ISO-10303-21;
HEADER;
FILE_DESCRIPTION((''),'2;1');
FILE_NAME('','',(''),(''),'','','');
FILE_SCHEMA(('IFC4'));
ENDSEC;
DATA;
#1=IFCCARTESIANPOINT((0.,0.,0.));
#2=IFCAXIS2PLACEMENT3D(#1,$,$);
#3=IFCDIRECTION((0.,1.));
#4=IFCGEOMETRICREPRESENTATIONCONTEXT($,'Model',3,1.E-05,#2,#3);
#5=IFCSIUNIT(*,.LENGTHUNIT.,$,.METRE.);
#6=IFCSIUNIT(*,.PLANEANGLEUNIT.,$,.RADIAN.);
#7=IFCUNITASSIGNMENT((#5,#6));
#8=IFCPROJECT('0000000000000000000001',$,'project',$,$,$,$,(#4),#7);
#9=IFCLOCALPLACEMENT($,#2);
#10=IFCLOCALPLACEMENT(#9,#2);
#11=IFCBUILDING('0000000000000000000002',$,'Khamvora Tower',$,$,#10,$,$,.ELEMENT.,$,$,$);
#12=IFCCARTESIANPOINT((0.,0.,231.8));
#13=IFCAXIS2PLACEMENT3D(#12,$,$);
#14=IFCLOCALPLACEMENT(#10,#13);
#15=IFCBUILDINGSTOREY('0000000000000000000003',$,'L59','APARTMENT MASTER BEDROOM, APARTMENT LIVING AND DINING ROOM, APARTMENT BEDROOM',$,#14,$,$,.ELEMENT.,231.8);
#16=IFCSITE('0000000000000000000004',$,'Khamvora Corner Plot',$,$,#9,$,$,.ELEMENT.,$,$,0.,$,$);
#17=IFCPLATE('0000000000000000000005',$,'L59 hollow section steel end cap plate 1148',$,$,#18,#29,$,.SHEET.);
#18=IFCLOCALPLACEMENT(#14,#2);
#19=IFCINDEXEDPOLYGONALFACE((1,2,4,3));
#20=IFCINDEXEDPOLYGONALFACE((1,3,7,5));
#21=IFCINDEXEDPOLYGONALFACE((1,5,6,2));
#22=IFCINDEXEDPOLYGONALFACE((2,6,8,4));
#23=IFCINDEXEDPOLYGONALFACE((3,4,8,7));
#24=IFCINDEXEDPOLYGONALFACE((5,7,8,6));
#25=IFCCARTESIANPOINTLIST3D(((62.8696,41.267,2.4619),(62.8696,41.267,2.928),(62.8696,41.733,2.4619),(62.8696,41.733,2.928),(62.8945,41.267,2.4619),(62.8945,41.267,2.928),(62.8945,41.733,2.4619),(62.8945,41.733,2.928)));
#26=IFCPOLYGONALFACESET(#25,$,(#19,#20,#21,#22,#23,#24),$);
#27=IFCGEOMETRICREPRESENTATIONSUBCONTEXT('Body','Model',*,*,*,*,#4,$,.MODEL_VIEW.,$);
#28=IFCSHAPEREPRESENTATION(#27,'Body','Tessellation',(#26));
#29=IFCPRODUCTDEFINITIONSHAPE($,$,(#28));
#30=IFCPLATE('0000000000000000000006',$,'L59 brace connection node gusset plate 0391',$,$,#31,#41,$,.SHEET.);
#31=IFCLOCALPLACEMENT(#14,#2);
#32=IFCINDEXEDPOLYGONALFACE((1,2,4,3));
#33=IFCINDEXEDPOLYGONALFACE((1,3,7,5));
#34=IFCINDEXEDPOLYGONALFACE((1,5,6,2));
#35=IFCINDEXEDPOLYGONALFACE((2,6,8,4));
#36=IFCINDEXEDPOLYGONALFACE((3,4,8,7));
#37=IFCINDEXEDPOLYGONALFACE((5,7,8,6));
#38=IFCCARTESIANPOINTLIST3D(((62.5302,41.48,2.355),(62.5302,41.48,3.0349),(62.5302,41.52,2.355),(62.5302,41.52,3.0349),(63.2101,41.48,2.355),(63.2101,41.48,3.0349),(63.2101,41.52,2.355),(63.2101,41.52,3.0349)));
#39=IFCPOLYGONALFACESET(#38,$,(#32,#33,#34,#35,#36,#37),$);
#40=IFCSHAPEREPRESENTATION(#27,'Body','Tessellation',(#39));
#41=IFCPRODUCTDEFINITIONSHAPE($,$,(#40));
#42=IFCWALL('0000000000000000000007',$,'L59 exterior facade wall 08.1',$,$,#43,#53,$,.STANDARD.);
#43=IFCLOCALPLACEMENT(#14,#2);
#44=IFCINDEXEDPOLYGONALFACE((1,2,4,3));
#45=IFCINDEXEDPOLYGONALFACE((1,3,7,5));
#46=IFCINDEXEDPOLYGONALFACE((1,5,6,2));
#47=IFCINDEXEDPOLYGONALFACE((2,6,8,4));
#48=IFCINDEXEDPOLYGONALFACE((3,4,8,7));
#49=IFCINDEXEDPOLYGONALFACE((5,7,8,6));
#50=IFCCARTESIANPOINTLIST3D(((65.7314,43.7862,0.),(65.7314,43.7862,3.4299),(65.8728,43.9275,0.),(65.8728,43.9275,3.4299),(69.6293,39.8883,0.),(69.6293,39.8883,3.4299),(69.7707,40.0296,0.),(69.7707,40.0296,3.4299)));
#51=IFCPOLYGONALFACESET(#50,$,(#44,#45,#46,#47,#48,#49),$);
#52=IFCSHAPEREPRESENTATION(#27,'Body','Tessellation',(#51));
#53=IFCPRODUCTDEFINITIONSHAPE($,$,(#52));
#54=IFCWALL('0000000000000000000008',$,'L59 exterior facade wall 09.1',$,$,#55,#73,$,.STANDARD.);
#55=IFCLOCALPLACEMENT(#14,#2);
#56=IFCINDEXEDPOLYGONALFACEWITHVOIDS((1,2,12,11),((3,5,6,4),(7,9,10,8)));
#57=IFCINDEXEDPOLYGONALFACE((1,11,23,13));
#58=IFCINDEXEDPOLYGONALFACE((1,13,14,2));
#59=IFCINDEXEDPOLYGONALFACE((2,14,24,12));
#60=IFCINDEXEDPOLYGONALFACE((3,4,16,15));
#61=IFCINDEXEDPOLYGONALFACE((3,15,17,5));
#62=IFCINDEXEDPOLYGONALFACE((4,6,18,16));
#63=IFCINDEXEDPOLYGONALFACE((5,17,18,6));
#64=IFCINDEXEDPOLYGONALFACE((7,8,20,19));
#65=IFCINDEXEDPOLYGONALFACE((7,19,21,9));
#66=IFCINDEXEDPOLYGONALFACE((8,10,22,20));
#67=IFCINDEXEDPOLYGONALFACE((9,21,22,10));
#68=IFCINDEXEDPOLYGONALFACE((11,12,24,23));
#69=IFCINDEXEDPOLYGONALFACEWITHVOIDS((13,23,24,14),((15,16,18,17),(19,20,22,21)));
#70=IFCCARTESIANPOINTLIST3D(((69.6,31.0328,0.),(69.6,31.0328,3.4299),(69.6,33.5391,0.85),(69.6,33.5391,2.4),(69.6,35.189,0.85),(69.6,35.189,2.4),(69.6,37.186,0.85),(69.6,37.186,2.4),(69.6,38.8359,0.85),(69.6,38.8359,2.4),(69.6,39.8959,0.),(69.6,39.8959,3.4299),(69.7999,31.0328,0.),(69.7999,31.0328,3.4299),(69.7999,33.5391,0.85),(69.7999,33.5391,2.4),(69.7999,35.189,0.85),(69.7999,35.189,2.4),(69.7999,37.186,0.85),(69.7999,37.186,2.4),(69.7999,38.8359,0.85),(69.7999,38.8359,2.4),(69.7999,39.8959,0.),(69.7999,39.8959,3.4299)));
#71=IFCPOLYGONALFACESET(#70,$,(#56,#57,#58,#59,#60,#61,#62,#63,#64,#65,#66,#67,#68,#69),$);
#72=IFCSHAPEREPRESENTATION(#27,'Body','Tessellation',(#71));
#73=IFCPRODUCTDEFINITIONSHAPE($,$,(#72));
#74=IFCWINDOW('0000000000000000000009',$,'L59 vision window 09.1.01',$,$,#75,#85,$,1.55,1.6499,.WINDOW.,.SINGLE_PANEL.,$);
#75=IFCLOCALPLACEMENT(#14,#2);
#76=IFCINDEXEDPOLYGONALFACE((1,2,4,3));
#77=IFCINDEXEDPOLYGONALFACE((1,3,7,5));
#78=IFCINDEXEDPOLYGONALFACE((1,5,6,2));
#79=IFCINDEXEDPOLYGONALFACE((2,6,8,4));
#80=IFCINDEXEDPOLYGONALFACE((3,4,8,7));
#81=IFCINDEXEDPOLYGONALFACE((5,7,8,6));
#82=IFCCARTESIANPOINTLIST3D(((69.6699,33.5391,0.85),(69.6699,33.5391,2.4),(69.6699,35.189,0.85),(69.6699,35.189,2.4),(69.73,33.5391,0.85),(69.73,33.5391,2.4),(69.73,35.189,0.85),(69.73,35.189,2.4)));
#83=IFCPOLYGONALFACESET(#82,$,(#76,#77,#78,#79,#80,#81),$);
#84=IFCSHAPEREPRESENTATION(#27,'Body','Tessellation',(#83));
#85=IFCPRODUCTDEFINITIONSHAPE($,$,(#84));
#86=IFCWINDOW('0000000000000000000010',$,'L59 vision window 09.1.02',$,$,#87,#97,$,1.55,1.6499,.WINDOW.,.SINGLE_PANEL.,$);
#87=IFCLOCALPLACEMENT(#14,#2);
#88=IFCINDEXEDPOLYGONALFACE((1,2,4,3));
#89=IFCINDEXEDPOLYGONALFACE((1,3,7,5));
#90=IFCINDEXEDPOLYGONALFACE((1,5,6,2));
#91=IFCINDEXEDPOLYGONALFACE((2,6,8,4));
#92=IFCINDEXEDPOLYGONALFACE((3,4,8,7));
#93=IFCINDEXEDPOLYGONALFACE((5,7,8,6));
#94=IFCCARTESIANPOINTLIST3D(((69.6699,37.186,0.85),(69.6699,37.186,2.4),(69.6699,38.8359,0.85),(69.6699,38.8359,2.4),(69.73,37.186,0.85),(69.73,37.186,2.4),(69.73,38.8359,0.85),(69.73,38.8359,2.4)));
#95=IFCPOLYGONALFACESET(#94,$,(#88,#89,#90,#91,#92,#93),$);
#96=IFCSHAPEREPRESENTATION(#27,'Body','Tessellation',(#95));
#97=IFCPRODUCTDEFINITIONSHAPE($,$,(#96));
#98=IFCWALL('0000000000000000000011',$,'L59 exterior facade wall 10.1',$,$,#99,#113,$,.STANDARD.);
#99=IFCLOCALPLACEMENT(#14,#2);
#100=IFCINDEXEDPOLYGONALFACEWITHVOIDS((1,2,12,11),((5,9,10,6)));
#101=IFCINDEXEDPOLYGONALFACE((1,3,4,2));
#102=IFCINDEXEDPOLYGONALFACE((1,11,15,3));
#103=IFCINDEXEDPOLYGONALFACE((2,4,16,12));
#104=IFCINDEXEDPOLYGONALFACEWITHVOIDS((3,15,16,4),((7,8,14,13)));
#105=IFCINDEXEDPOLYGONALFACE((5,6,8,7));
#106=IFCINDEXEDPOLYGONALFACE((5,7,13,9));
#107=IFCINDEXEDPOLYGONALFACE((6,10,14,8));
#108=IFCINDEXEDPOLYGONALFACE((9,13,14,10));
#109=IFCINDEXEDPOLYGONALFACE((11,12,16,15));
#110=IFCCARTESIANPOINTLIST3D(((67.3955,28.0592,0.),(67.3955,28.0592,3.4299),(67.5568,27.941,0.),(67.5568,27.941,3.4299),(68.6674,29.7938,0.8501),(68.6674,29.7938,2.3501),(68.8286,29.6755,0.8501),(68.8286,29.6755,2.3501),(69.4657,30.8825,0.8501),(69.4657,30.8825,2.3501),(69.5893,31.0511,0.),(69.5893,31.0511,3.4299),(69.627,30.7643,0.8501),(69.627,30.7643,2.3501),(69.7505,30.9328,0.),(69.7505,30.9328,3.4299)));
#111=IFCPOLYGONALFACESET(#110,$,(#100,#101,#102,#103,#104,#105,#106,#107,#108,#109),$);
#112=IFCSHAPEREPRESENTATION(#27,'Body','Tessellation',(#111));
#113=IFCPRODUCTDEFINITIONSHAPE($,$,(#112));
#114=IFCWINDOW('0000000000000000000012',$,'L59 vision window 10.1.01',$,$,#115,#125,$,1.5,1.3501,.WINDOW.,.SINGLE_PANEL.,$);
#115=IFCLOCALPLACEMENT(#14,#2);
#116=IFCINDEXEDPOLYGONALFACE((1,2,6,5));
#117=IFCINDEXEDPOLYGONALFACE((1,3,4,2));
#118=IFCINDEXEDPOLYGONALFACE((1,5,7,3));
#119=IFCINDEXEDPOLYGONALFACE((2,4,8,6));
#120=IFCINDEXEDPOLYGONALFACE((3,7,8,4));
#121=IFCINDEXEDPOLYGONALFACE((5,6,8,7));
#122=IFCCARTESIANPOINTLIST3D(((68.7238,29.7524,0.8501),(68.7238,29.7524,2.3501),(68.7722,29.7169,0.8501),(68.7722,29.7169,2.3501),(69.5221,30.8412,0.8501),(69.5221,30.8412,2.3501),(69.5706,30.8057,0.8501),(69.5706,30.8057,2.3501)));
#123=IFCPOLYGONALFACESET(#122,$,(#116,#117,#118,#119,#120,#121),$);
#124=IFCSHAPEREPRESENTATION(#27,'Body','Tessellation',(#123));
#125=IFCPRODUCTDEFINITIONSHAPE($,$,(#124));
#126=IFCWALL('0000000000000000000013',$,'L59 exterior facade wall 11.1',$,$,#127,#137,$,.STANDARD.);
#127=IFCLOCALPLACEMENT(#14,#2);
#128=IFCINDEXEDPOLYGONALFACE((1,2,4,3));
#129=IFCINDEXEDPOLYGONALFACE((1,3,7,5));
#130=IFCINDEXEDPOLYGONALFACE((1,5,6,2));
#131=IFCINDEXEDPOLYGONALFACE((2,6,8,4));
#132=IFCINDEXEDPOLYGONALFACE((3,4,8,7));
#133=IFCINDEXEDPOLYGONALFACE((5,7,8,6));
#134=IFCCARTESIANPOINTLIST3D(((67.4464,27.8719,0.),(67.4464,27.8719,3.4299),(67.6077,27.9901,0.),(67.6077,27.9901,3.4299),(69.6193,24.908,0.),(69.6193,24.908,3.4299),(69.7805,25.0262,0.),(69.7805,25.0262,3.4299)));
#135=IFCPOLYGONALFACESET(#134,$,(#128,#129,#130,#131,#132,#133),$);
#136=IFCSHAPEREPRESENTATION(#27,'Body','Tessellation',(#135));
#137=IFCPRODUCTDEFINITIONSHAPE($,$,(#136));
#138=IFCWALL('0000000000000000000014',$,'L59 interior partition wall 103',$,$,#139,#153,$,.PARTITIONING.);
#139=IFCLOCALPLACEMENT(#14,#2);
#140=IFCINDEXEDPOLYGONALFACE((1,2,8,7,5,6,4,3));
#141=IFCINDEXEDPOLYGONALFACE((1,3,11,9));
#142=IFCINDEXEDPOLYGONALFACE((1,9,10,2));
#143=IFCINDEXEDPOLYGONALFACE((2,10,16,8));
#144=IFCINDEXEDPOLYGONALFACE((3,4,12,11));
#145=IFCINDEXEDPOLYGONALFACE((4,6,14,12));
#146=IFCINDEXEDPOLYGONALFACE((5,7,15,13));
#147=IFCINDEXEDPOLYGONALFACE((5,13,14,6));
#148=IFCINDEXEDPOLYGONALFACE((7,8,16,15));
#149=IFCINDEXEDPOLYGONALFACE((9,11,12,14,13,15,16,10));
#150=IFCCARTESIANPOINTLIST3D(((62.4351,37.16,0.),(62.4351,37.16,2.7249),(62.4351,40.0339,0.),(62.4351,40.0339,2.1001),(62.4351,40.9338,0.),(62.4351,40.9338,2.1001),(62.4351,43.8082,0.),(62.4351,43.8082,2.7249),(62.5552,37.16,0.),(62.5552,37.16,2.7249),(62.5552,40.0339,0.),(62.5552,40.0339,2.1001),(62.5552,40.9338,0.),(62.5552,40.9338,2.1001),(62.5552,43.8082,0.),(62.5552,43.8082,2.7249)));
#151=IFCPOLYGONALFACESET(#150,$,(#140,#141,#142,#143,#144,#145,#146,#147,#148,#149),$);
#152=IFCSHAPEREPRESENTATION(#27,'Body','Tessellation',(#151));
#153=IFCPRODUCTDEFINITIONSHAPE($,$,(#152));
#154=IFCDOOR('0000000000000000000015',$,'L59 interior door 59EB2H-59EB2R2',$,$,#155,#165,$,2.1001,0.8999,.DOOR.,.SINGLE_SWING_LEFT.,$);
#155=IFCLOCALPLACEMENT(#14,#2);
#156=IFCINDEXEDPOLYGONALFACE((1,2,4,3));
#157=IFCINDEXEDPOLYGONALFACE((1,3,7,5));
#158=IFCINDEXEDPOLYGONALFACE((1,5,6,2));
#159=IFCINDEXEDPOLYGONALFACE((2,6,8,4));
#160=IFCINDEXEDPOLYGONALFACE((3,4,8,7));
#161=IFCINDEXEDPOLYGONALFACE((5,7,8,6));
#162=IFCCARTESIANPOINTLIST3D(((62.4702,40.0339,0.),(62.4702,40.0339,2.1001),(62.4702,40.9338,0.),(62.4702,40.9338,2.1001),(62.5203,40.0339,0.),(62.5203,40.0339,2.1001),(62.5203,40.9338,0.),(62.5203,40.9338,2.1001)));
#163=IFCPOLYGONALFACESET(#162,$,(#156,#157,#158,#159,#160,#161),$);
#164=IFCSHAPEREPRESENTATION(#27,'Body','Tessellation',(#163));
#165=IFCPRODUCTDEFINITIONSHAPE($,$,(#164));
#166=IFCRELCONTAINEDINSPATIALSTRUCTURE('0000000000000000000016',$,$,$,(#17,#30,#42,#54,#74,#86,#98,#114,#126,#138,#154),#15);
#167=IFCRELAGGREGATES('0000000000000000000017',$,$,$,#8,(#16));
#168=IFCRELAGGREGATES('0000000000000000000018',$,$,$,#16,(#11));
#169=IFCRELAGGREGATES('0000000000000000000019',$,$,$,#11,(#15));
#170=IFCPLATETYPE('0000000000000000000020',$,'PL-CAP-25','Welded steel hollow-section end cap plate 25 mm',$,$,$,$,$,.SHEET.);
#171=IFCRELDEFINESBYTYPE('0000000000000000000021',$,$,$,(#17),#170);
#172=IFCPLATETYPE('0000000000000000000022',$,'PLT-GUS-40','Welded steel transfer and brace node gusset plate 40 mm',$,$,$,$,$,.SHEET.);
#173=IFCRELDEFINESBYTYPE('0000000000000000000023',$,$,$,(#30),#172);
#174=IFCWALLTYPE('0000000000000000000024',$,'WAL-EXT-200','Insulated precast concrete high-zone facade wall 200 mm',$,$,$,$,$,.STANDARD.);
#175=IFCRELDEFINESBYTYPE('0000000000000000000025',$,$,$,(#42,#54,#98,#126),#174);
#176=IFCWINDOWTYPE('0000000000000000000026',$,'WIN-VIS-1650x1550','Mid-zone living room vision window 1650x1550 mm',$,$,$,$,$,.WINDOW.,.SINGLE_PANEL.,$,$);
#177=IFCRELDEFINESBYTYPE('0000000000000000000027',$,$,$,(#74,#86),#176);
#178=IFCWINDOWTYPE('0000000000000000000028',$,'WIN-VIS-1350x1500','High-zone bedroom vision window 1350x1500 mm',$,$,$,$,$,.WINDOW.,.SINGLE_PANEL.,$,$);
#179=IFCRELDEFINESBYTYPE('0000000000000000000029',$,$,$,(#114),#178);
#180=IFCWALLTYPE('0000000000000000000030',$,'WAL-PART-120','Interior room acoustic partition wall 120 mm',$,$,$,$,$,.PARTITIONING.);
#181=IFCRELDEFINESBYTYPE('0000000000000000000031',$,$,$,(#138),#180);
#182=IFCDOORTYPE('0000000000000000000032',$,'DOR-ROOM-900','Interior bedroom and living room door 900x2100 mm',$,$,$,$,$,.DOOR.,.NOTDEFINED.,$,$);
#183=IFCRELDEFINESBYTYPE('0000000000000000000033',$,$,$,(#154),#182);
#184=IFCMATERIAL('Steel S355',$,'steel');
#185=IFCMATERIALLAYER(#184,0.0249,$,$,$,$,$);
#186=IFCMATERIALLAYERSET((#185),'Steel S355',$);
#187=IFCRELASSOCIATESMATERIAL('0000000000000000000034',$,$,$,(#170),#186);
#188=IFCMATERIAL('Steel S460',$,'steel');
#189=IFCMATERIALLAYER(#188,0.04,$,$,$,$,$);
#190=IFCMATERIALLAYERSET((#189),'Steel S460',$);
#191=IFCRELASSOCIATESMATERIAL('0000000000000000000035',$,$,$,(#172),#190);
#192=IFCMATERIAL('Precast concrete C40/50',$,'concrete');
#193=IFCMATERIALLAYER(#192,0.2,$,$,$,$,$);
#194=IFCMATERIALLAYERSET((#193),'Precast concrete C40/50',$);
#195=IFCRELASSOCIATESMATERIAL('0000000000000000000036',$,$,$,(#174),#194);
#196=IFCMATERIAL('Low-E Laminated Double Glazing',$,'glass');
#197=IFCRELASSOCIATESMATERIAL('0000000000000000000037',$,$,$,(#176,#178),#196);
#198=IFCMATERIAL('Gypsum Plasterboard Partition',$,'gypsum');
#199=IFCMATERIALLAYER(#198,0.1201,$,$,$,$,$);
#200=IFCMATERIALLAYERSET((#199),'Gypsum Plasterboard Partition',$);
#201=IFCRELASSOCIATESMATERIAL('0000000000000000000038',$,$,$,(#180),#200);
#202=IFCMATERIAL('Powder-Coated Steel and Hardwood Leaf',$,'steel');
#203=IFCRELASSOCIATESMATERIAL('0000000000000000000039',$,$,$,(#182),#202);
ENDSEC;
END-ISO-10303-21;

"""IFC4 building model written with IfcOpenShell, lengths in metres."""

from ifc_helpers import new_model, si_unit, direction, frame, frame_2d, origin, origin_2d, place, context, subcontext, project, spatial, rectangle, extrude, material, layer, layer_set, type_object, element, fill, save


model = new_model("IFC4")

# Units and contexts
model_context = context("Model", 3, precision=1e-05, world=origin(), true_north=direction((0.0, 1.0)))
body_context = subcontext(model_context, "Body", "Model", "MODEL_VIEW")
ifc_project = project(units=[si_unit("LENGTHUNIT", "METRE"), si_unit("PLANEANGLEUNIT", "RADIAN")], contexts=[model_context])

# Site, building, storey
site_placement = place(None, origin())
site = spatial("IfcSite", under=ifc_project, at=site_placement, Name="Khamvora Corner Plot", CompositionType="ELEMENT", RefElevation=0.0)
building_placement = place(site_placement, origin())
building = spatial("IfcBuilding", under=site, at=building_placement, Name="Khamvora Tower", CompositionType="ELEMENT")
storey_placement = place(building_placement, frame((0.0, 0.0, 231.8)))
storey = spatial("IfcBuildingStorey", under=building, at=storey_placement, Name="L59", Description="APARTMENT MASTER BEDROOM, APARTMENT LIVING AND DINING ROOM, APARTMENT BEDROOM", CompositionType="ELEMENT", Elevation=231.8)

# Shared definitions
ifc_material_1 = material(Name="Steel S355", Category="steel")

# Plates
ifc_layer_1 = layer(ifc_material_1, 0.0249)
ifc_layer_set_1 = layer_set([ifc_layer_1], Name="Steel S355")
plate_type_1 = type_object("IfcPlateType", Name="PL-CAP-25", Description="Welded steel hollow-section end cap plate 25 mm", PredefinedType="SHEET", material=ifc_layer_set_1)
plate_1_placement = place(storey_placement, frame((62.8821, 41.5, 2.4619), z_axis=(0.0, 0.0, 1.0), x_axis=(-1.0, 0.0, 0.0)))
element("IfcPlate", 1, at=plate_1_placement, inside=storey, type_object=plate_type_1, Name="L59 hollow section steel end cap plate 1148", PredefinedType="SHEET", context=body_context, shape_type="SweptSolid", body=[
    extrude(rectangle(XDim=0.0249, YDim=0.4661, at=origin_2d()), origin(), (0.0, 0.0, 1.0), 0.4661),
])
ifc_material_2 = material(Name="Steel S460", Category="steel")
ifc_layer_2 = layer(ifc_material_2, 0.04)
ifc_layer_set_2 = layer_set([ifc_layer_2], Name="Steel S460")
plate_type_2 = type_object("IfcPlateType", Name="PLT-GUS-40", Description="Welded steel transfer and brace node gusset plate 40 mm", PredefinedType="SHEET", material=ifc_layer_set_2)
plate_2_placement = place(storey_placement, frame((62.8701, 41.5, 2.355), z_axis=(0.0, 0.0, 1.0), x_axis=(1.0, 0.0, 0.0)))
element("IfcPlate", 2, at=plate_2_placement, inside=storey, type_object=plate_type_2, Name="L59 brace connection node gusset plate 0391", PredefinedType="SHEET", context=body_context, shape_type="SweptSolid", body=[
    extrude(rectangle(XDim=0.6799, YDim=0.04, at=origin_2d()), origin(), (0.0, 0.0, 1.0), 0.6799),
])

# Wall
ifc_material_3 = material(Name="Precast concrete C40/50", Category="concrete")
ifc_layer_3 = layer(ifc_material_3, 0.2)
ifc_layer_set_3 = layer_set([ifc_layer_3], Name="Precast concrete C40/50")
wall_type_1 = type_object("IfcWallType", Name="WAL-EXT-200", Description="Insulated precast concrete high-zone facade wall 200 mm", PredefinedType="STANDARD", material=ifc_layer_set_3)
wall_1_placement = place(storey_placement, frame((65.802, 43.8569, 0.0), z_axis=(0.0, 0.0, 1.0), x_axis=(0.707107, -0.707107, 0.0)))
element("IfcWall", 3, at=wall_1_placement, inside=storey, type_object=wall_type_1, Name="L59 exterior facade wall 08.1", PredefinedType="STANDARD", context=body_context, shape_type="SweptSolid", body=[
    extrude(rectangle(XDim=5.5125, YDim=0.2, at=frame_2d((2.7563, 0.0))), origin(), (0.0, 0.0, 1.0), 3.4299),
])

# Wall, openings, windows
wall_2_placement = place(storey_placement, frame((69.7, 39.896, 0.0), z_axis=(0.0, 0.0, 1.0), x_axis=(0.0, -1.0, 0.0)))
wall_2 = element("IfcWall", 4, at=wall_2_placement, inside=storey, type_object=wall_type_1, Name="L59 exterior facade wall 09.1", PredefinedType="STANDARD", context=body_context, shape_type="SweptSolid", body=[
    extrude(rectangle(XDim=8.863, YDim=0.2, at=frame_2d((4.4316, 0.0))), origin(), (0.0, 0.0, 1.0), 3.4299),
])
opening_1_placement = place(wall_2_placement, frame((4.707, 0.0, 0.8501)))
opening_1 = element("IfcOpeningElement", 5, at=opening_1_placement, cuts=wall_2, PredefinedType="OPENING", context=body_context, shape_type="SweptSolid", body=[
    extrude(rectangle(XDim=1.6499, YDim=1.55, at=frame_2d((0.825, 0.7749))), frame((0.0, 0.1099, 0.0), z_axis=(0.0, -1.0, 0.0), x_axis=(1.0, 0.0, 0.0)), (0.0, 0.0, 1.0), 0.22),
])
opening_2_placement = place(wall_2_placement, frame((1.0601, 0.0, 0.8501)))
opening_2 = element("IfcOpeningElement", 6, at=opening_2_placement, cuts=wall_2, PredefinedType="OPENING", context=body_context, shape_type="SweptSolid", body=[
    extrude(rectangle(XDim=1.6499, YDim=1.55, at=frame_2d((0.825, 0.7749))), frame((0.0, 0.1099, 0.0), z_axis=(0.0, -1.0, 0.0), x_axis=(1.0, 0.0, 0.0)), (0.0, 0.0, 1.0), 0.22),
])
ifc_material_4 = material(Name="Low-E Laminated Double Glazing", Category="glass")
window_type_1 = type_object("IfcWindowType", Name="WIN-VIS-1650x1550", Description="Mid-zone living room vision window 1650x1550 mm", PartitioningType="SINGLE_PANEL", PredefinedType="WINDOW", material=ifc_material_4)
window_1_placement = place(opening_1_placement, origin())
window_1 = element("IfcWindow", 7, at=window_1_placement, inside=storey, type_object=window_type_1, Name="L59 vision window 09.1.01", OverallHeight=1.55, OverallWidth=1.6499, PartitioningType="SINGLE_PANEL", PredefinedType="WINDOW", context=body_context, shape_type="SweptSolid", body=[
    extrude(rectangle(XDim=1.6499, YDim=1.55, at=frame_2d((0.825, 0.7749))), frame((0.0, 0.03, 0.0), z_axis=(0.0, -1.0, 0.0), x_axis=(1.0, 0.0, 0.0)), (0.0, 0.0, 1.0), 0.0601),
])
fill(opening_1, window_1)
window_2_placement = place(opening_2_placement, origin())
window_2 = element("IfcWindow", 8, at=window_2_placement, inside=storey, type_object=window_type_1, Name="L59 vision window 09.1.02", OverallHeight=1.55, OverallWidth=1.6499, PartitioningType="SINGLE_PANEL", PredefinedType="WINDOW", context=body_context, shape_type="SweptSolid", body=[
    extrude(rectangle(XDim=1.6499, YDim=1.55, at=frame_2d((0.825, 0.7749))), frame((0.0, 0.03, 0.0), z_axis=(0.0, -1.0, 0.0), x_axis=(1.0, 0.0, 0.0)), (0.0, 0.0, 1.0), 0.0601),
])
fill(opening_2, window_2)

# Wall, opening, window
wall_3_placement = place(storey_placement, frame((69.6699, 30.9919, 0.0), z_axis=(0.0, 0.0, 1.0), x_axis=(-0.591321, -0.806436, 0.0)))
wall_3 = element("IfcWall", 9, at=wall_3_placement, inside=storey, type_object=wall_type_1, Name="L59 exterior facade wall 10.1", PredefinedType="STANDARD", context=body_context, shape_type="SweptSolid", body=[
    extrude(rectangle(XDim=3.71, YDim=0.2, at=frame_2d((1.855, 0.0))), origin(), (0.0, 0.0, 1.0), 3.4299),
])
opening_3_placement = place(wall_3_placement, frame((0.209, 0.0, 0.8501)))
opening_3 = element("IfcOpeningElement", 10, at=opening_3_placement, cuts=wall_3, PredefinedType="OPENING", context=body_context, shape_type="SweptSolid", body=[
    extrude(rectangle(XDim=1.3501, YDim=1.5, at=frame_2d((0.675, 0.75))), frame((0.0, 0.1099, 0.0), z_axis=(0.0, -1.0, 0.0), x_axis=(1.0, 0.0, 0.0)), (0.0, 0.0, 1.0), 0.22),
])
window_type_2 = type_object("IfcWindowType", Name="WIN-VIS-1350x1500", Description="High-zone bedroom vision window 1350x1500 mm", PartitioningType="SINGLE_PANEL", PredefinedType="WINDOW", material=ifc_material_4)
window_3_placement = place(opening_3_placement, origin())
window_3 = element("IfcWindow", 11, at=window_3_placement, inside=storey, type_object=window_type_2, Name="L59 vision window 10.1.01", OverallHeight=1.5, OverallWidth=1.3501, PartitioningType="SINGLE_PANEL", PredefinedType="WINDOW", context=body_context, shape_type="SweptSolid", body=[
    extrude(rectangle(XDim=1.3501, YDim=1.5, at=frame_2d((0.675, 0.75))), frame((0.0, 0.03, 0.0), z_axis=(0.0, -1.0, 0.0), x_axis=(1.0, 0.0, 0.0)), (0.0, 0.0, 1.0), 0.0601),
])
fill(opening_3, window_3)

# Wall
wall_4_placement = place(storey_placement, frame((67.5271, 27.9309, 0.0), z_axis=(0.0, 0.0, 1.0), x_axis=(0.591248, -0.806489, 0.0)))
element("IfcWall", 12, at=wall_4_placement, inside=storey, type_object=wall_type_1, Name="L59 exterior facade wall 11.1", PredefinedType="STANDARD", context=body_context, shape_type="SweptSolid", body=[
    extrude(rectangle(XDim=3.675, YDim=0.2, at=frame_2d((1.8374, 0.0))), origin(), (0.0, 0.0, 1.0), 3.4299),
])

# Wall, opening, door
ifc_material_5 = material(Name="Gypsum Plasterboard Partition", Category="gypsum")
ifc_layer_4 = layer(ifc_material_5, 0.1201)
ifc_layer_set_4 = layer_set([ifc_layer_4], Name="Gypsum Plasterboard Partition")
wall_type_2 = type_object("IfcWallType", Name="WAL-PART-120", Description="Interior room acoustic partition wall 120 mm", PredefinedType="PARTITIONING", material=ifc_layer_set_4)
wall_5_placement = place(storey_placement, frame((62.4951, 37.1599, 0.0), z_axis=(0.0, 0.0, 1.0), x_axis=(0.0, 1.0, 0.0)))
wall_5 = element("IfcWall", 13, at=wall_5_placement, inside=storey, type_object=wall_type_2, Name="L59 interior partition wall 103", PredefinedType="PARTITIONING", context=body_context, shape_type="SweptSolid", body=[
    extrude(rectangle(XDim=6.6482, YDim=0.1201, at=frame_2d((3.3242, 0.0))), origin(), (0.0, 0.0, 1.0), 2.7249),
])
opening_4_placement = place(wall_5_placement, frame((2.874, 0.0, 0.0)))
opening_4 = element("IfcOpeningElement", 14, at=opening_4_placement, cuts=wall_5, PredefinedType="OPENING", context=body_context, shape_type="SweptSolid", body=[
    extrude(rectangle(XDim=0.8999, YDim=2.1001, at=frame_2d((0.45, 1.05))), frame((0.0, 0.0701, 0.0), z_axis=(0.0, -1.0, 0.0), x_axis=(1.0, 0.0, 0.0)), (0.0, 0.0, 1.0), 0.1401),
])
ifc_material_6 = material(Name="Powder-Coated Steel and Hardwood Leaf", Category="steel")
door_type_1 = type_object("IfcDoorType", Name="DOR-ROOM-900", Description="Interior bedroom and living room door 900x2100 mm", OperationType="NOTDEFINED", PredefinedType="DOOR", material=ifc_material_6)
door_1_placement = place(opening_4_placement, origin())
door_1 = element("IfcDoor", 15, at=door_1_placement, inside=storey, type_object=door_type_1, Name="L59 interior door 59EB2H-59EB2R2", OperationType="SINGLE_SWING_LEFT", OverallHeight=2.1001, OverallWidth=0.8999, PredefinedType="DOOR", context=body_context, shape_type="SweptSolid", body=[
    extrude(rectangle(XDim=0.8999, YDim=2.1001, at=frame_2d((0.45, 1.05))), frame((0.0, 0.0249, 0.0), z_axis=(0.0, -1.0, 0.0), x_axis=(1.0, 0.0, 0.0)), (0.0, 0.0, 1.0), 0.05),
])
fill(opening_4, door_1)

save(model, "model.ifc")
